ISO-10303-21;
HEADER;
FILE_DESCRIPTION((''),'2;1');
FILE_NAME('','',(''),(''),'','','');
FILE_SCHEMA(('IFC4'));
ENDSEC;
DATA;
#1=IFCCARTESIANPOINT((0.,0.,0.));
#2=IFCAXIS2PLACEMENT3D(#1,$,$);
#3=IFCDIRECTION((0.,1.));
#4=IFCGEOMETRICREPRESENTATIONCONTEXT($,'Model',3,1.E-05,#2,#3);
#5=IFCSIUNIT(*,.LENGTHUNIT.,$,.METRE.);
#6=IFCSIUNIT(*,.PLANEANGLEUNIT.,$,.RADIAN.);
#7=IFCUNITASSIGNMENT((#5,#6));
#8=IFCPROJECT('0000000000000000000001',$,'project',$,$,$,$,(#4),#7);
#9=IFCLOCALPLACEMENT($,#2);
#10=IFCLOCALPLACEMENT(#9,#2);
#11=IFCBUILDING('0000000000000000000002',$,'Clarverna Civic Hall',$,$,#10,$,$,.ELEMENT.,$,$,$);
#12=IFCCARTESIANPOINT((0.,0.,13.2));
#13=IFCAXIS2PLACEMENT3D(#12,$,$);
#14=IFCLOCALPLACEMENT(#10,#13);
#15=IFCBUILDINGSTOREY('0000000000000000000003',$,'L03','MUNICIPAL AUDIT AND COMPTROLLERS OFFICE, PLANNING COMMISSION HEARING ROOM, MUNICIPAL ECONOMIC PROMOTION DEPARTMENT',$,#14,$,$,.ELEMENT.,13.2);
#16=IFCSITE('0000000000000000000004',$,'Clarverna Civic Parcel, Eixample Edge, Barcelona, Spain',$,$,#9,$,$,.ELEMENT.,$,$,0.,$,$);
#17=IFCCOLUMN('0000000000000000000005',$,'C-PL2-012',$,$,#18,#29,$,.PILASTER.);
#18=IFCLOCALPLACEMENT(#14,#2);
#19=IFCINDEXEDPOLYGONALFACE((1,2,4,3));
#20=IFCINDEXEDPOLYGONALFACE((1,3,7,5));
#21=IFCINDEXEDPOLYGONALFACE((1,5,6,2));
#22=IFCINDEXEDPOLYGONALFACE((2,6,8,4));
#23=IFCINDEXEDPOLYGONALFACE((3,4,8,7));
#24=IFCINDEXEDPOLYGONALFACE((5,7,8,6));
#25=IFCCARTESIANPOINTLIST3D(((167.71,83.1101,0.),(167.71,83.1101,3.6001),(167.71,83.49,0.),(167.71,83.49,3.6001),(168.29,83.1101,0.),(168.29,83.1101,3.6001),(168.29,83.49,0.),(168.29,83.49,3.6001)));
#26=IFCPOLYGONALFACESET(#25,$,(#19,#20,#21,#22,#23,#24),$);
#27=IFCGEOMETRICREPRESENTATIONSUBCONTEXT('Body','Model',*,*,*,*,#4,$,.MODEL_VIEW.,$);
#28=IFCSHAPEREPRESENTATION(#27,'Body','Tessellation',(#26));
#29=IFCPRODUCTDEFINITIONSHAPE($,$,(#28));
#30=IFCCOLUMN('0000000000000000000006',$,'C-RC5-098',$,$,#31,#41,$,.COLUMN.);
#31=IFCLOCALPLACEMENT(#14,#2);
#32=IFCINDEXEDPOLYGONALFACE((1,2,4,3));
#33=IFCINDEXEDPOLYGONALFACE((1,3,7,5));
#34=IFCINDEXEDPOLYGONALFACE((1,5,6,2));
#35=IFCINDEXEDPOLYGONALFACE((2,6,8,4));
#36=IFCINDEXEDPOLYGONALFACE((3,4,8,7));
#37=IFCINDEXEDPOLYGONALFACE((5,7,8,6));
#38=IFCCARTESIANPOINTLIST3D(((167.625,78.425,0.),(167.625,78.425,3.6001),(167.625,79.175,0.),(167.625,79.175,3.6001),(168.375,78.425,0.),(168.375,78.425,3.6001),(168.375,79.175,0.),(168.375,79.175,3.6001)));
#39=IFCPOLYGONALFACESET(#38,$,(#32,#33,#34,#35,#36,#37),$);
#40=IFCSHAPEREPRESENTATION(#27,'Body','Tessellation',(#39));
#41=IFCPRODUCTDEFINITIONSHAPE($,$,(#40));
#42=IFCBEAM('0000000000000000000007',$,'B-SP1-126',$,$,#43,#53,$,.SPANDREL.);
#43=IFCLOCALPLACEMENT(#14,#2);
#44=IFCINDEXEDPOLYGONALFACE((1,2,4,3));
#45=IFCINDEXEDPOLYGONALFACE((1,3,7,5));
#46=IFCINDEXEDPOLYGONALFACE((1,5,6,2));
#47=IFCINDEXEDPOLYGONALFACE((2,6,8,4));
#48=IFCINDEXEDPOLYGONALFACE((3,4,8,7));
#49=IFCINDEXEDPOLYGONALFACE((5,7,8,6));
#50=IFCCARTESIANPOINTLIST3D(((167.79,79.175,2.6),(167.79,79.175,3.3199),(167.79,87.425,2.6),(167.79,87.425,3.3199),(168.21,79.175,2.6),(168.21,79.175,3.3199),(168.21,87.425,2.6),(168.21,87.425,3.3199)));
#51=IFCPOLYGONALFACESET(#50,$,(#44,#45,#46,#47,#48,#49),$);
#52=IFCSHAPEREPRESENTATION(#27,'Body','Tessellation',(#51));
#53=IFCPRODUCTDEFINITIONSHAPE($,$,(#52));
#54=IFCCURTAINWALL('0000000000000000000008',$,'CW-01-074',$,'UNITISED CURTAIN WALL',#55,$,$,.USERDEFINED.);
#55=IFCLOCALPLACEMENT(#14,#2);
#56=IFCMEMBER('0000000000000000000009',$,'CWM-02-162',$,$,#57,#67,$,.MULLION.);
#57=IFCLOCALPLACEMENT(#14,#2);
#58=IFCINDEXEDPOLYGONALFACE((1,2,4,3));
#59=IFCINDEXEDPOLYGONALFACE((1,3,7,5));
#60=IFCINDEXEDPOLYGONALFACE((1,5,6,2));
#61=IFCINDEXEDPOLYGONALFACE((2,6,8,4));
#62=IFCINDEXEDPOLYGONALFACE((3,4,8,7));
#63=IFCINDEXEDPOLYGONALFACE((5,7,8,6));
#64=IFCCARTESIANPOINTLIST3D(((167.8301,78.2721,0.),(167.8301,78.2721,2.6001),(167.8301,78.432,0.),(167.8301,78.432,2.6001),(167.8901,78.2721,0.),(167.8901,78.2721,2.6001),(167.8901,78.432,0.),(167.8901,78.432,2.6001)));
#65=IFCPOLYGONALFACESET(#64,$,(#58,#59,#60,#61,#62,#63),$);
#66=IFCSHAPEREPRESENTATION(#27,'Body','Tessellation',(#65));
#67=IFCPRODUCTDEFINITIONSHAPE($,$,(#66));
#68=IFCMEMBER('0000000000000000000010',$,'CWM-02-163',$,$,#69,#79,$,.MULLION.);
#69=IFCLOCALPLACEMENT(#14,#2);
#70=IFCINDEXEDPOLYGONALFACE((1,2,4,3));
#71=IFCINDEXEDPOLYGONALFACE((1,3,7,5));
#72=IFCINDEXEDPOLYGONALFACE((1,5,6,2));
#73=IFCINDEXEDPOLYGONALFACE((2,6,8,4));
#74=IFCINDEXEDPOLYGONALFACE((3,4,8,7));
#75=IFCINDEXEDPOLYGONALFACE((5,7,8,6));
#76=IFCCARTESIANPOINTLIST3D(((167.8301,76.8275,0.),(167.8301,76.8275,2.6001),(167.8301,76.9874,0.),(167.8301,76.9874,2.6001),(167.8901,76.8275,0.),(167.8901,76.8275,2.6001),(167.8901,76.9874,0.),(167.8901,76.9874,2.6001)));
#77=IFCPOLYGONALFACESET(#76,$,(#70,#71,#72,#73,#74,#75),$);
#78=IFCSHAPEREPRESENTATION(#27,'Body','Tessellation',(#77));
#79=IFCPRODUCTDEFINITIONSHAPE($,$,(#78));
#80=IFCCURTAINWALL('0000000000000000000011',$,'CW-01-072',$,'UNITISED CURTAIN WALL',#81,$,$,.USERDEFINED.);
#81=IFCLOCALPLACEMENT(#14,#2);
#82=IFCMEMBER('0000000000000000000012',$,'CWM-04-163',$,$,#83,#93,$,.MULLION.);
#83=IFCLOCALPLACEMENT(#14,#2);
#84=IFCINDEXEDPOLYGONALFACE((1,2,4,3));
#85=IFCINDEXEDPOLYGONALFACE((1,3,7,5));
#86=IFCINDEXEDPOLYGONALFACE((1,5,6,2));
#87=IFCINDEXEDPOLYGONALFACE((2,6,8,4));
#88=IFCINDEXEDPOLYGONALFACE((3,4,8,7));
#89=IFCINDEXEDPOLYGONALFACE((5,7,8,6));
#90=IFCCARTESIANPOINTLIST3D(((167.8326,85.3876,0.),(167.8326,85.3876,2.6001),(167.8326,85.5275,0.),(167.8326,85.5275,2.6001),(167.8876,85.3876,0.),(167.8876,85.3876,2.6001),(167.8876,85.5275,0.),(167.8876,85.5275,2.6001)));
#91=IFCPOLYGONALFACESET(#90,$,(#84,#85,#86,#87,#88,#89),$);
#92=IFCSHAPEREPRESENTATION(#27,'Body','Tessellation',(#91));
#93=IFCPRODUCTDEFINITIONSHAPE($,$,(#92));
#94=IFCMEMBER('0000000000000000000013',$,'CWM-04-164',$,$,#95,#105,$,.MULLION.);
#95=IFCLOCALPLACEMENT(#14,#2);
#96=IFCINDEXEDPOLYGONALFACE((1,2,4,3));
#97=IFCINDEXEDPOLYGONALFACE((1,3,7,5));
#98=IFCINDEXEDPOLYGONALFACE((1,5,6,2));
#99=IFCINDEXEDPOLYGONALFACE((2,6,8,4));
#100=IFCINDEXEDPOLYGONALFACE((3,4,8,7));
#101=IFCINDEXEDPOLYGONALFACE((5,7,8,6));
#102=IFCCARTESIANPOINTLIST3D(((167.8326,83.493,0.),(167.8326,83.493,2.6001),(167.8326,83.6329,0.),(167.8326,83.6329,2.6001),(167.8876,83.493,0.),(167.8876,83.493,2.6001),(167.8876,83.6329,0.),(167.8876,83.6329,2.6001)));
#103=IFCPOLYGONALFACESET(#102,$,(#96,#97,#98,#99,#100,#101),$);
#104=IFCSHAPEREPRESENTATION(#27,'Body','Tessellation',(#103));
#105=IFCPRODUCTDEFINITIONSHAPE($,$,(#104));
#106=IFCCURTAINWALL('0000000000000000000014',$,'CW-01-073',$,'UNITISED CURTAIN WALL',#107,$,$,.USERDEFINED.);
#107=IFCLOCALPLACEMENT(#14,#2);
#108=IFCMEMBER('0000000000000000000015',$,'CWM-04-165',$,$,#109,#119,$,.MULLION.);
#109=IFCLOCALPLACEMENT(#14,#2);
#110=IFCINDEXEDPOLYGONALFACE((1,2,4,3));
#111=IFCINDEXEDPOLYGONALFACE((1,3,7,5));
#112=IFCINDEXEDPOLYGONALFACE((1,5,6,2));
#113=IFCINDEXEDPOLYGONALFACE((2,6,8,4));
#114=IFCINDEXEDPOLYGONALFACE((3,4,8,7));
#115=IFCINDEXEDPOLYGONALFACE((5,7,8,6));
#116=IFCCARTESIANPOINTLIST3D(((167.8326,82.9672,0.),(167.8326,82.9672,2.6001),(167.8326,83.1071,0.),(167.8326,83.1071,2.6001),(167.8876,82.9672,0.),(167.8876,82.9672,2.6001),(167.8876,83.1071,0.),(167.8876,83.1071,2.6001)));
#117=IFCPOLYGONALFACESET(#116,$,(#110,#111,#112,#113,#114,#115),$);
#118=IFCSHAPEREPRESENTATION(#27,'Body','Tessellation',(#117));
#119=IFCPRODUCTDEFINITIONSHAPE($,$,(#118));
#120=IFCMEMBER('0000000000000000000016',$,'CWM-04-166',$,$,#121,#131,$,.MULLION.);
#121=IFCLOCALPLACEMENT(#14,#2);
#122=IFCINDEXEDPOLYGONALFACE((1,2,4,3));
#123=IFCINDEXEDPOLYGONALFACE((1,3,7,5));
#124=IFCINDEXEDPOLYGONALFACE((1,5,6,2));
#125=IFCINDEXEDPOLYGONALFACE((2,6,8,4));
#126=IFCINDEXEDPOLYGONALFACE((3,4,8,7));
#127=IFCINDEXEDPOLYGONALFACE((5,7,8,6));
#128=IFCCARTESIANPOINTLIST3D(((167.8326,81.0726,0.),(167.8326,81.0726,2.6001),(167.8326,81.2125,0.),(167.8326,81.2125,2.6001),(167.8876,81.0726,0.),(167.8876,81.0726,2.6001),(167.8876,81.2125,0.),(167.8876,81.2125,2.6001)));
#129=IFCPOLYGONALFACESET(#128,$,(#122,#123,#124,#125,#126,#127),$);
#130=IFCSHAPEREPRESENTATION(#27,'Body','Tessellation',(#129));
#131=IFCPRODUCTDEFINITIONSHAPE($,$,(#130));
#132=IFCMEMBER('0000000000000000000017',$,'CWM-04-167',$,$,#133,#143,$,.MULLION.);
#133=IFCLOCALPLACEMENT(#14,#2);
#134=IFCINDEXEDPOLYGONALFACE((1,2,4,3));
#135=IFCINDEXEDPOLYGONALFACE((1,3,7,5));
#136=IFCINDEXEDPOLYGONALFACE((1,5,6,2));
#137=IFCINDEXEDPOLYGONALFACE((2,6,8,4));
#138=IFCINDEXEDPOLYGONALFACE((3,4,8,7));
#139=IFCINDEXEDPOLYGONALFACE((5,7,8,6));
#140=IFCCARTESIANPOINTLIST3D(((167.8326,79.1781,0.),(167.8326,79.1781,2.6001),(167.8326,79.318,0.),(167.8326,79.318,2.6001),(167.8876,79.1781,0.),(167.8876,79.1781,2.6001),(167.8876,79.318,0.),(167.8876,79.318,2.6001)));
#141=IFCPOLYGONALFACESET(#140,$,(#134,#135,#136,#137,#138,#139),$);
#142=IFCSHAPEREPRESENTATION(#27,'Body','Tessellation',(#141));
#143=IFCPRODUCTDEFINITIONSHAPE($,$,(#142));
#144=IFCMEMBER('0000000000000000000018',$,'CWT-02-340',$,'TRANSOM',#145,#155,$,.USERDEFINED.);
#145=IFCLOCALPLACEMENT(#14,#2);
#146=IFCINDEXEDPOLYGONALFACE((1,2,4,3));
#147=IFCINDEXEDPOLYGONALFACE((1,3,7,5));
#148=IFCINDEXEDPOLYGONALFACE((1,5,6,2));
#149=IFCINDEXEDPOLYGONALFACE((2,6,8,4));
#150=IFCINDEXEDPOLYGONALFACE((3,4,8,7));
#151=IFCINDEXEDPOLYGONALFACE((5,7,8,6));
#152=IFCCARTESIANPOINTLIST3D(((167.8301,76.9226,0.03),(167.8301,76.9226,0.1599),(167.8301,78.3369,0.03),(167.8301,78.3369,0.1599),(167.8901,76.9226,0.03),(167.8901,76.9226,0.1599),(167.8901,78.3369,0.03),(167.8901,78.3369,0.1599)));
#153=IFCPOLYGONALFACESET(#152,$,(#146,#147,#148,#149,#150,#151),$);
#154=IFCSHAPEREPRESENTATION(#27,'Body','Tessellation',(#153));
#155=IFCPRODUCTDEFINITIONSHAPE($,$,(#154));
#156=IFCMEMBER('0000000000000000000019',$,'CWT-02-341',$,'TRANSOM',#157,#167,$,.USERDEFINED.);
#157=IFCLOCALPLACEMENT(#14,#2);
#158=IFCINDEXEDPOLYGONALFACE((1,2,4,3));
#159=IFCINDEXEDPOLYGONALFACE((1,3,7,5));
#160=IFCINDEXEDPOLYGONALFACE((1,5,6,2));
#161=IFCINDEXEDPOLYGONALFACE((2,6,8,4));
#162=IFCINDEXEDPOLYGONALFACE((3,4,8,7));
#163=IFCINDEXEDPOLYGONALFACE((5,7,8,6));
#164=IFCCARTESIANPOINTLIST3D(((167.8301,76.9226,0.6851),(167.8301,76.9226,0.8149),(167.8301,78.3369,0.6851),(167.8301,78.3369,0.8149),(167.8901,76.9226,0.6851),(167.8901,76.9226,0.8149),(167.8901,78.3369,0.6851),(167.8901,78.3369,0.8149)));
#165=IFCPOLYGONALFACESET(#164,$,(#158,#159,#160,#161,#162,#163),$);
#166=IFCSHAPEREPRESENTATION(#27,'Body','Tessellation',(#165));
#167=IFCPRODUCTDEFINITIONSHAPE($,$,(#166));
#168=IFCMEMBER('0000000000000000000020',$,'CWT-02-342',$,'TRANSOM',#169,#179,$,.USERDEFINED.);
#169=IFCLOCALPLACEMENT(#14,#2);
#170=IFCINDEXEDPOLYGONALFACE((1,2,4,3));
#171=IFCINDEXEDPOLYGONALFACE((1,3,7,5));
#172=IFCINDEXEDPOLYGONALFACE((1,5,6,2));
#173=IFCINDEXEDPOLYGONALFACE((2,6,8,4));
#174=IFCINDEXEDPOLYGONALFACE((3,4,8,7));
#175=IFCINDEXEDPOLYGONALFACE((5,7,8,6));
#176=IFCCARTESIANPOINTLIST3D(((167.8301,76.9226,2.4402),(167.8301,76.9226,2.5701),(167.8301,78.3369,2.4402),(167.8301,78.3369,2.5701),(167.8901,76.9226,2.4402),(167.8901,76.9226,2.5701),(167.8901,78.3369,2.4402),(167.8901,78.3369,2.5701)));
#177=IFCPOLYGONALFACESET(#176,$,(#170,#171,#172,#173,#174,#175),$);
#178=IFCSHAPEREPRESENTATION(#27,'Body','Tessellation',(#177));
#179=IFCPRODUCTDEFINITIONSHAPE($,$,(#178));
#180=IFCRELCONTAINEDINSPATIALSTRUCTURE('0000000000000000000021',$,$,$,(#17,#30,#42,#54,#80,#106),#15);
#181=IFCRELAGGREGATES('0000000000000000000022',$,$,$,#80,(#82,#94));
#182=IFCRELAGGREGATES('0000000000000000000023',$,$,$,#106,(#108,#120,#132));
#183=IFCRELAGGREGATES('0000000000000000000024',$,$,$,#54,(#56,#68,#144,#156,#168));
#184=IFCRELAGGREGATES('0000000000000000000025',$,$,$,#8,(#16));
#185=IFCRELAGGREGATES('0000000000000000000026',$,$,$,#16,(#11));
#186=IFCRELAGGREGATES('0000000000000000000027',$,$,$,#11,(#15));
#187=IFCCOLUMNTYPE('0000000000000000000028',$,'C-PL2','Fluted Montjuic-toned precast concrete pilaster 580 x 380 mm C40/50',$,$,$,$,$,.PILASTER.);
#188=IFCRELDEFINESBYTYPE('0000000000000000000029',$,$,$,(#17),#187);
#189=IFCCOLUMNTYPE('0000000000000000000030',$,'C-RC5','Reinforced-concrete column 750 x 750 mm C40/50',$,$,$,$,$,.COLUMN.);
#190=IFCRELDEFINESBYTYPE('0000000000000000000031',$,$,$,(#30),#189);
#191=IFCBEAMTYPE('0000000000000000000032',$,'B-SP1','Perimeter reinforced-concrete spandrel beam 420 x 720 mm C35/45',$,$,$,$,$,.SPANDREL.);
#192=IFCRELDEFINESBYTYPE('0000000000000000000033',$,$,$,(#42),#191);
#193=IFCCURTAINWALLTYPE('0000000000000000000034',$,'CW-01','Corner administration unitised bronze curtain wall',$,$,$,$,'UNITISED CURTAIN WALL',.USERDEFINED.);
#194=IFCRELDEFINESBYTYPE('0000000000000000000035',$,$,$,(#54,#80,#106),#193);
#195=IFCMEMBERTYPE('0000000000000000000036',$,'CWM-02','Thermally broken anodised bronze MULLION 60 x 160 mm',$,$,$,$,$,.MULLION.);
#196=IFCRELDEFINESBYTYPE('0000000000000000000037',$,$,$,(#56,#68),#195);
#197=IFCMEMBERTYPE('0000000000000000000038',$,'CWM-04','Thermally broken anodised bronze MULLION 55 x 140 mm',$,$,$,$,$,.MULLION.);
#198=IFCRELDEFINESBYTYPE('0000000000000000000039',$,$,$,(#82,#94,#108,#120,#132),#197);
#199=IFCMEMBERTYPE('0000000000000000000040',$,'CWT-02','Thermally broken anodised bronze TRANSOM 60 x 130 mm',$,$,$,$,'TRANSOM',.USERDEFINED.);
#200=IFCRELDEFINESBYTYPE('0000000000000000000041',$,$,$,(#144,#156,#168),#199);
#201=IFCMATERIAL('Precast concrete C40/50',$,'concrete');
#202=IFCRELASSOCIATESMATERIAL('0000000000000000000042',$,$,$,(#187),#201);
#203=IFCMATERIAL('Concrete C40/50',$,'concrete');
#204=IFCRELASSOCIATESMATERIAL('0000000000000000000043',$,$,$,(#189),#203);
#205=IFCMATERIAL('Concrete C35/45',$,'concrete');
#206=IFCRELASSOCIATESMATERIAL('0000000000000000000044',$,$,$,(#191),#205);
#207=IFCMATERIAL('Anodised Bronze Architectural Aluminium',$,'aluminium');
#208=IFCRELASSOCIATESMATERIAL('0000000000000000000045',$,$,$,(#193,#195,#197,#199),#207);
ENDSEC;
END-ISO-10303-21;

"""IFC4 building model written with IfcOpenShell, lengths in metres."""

from ifc_helpers import new_model, si_unit, direction, frame, origin, origin_2d, place, context, subcontext, project, spatial, rectangle, extrude, material, material_profile, profile_set, type_object, element, aggregate, save


model = new_model("IFC4")

# Units and contexts
model_context = context("Model", 3, precision=1e-05, world=origin(), true_north=direction((0.0, 1.0)))
body_context = subcontext(model_context, "Body", "Model", "MODEL_VIEW")
ifc_project = project(units=[si_unit("LENGTHUNIT", "METRE"), si_unit("PLANEANGLEUNIT", "RADIAN")], contexts=[model_context])

# Site, building, storey
site_placement = place(None, origin())
site = spatial("IfcSite", under=ifc_project, at=site_placement, Name="Clarverna Civic Parcel, Eixample Edge, Barcelona, Spain", CompositionType="ELEMENT", RefElevation=0.0)
building_placement = place(site_placement, origin())
building = spatial("IfcBuilding", under=site, at=building_placement, Name="Clarverna Civic Hall", CompositionType="ELEMENT")
storey_placement = place(building_placement, frame((0.0, 0.0, 13.2)))
storey = spatial("IfcBuildingStorey", under=building, at=storey_placement, Name="L03", Description="MUNICIPAL AUDIT AND COMPTROLLERS OFFICE, PLANNING COMMISSION HEARING ROOM, MUNICIPAL ECONOMIC PROMOTION DEPARTMENT", CompositionType="ELEMENT", Elevation=13.2)

# Columns
ifc_material_1 = material(Name="Precast concrete C40/50", Category="concrete")
ifc_material_profile_1 = material_profile(ifc_material_1, rectangle(XDim=0.5801, YDim=0.3799, at=origin_2d()), Name="PILASTER 580x380")
ifc_profile_set_1 = profile_set([ifc_material_profile_1], Name="Precast concrete C40/50")
column_type_1 = type_object("IfcColumnType", Name="C-PL2", Description="Fluted Montjuic-toned precast concrete pilaster 580 x 380 mm C40/50", PredefinedType="PILASTER", material=ifc_profile_set_1)
column_1_placement = place(storey_placement, frame((168.0, 83.3, 0.0), z_axis=(0.0, 0.0, 1.0), x_axis=(1.0, 0.0, 0.0)))
element("IfcColumn", 1, at=column_1_placement, inside=storey, type_object=column_type_1, Name="C-PL2-012", PredefinedType="PILASTER", context=body_context, shape_type="SweptSolid", body=[
    extrude(rectangle(XDim=0.5801, YDim=0.3799, at=origin_2d()), origin(), (0.0, 0.0, 1.0), 3.6001),
])
ifc_material_2 = material(Name="Concrete C40/50", Category="concrete")
ifc_material_profile_2 = material_profile(ifc_material_2, rectangle(XDim=0.75, YDim=0.75, at=origin_2d()), Name="RC 750x750")
ifc_profile_set_2 = profile_set([ifc_material_profile_2], Name="Concrete C40/50")
column_type_2 = type_object("IfcColumnType", Name="C-RC5", Description="Reinforced-concrete column 750 x 750 mm C40/50", PredefinedType="COLUMN", material=ifc_profile_set_2)
column_2_placement = place(storey_placement, frame((168.0, 78.8, 0.0), z_axis=(0.0, 0.0, 1.0), x_axis=(1.0, 0.0, 0.0)))
element("IfcColumn", 2, at=column_2_placement, inside=storey, type_object=column_type_2, Name="C-RC5-098", PredefinedType="COLUMN", context=body_context, shape_type="SweptSolid", body=[
    extrude(rectangle(XDim=0.75, YDim=0.75, at=origin_2d()), origin(), (0.0, 0.0, 1.0), 3.6001),
])

# Beam
ifc_material_3 = material(Name="Concrete C35/45", Category="concrete")
ifc_material_profile_3 = material_profile(ifc_material_3, rectangle(XDim=0.4199, YDim=0.72, at=origin_2d()), Name="RC 420x720")
ifc_profile_set_3 = profile_set([ifc_material_profile_3], Name="Concrete C35/45")
beam_type = type_object("IfcBeamType", Name="B-SP1", Description="Perimeter reinforced-concrete spandrel beam 420 x 720 mm C35/45", PredefinedType="SPANDREL", material=ifc_profile_set_3)
beam_placement = place(storey_placement, frame((168.0, 79.175, 2.96), z_axis=(0.0, 1.0, 0.0), x_axis=(-1.0, 0.0, 0.0)))
element("IfcBeam", 3, at=beam_placement, inside=storey, type_object=beam_type, Name="B-SP1-126", PredefinedType="SPANDREL", context=body_context, shape_type="SweptSolid", body=[
    extrude(rectangle(XDim=0.4199, YDim=0.72, at=origin_2d()), origin(), (0.0, 0.0, 1.0), 8.25),
])

# Curtain walls, members
ifc_material_4 = material(Name="Anodised Bronze Architectural Aluminium", Category="aluminium")
curtain_wall_type = type_object("IfcCurtainWallType", Name="CW-01", Description="Corner administration unitised bronze curtain wall", ElementType="UNITISED CURTAIN WALL", PredefinedType="USERDEFINED", material=ifc_material_4)
curtain_wall_1_placement = place(storey_placement, origin())
curtain_wall_1 = element("IfcCurtainWall", 4, at=curtain_wall_1_placement, inside=storey, type_object=curtain_wall_type, Name="CW-01-074", ObjectType="UNITISED CURTAIN WALL", PredefinedType="USERDEFINED")
ifc_material_profile_4 = material_profile(ifc_material_4, rectangle(XDim=0.0601, YDim=0.1599, at=origin_2d()), Name="BRONZE 60x160")
ifc_profile_set_4 = profile_set([ifc_material_profile_4], Name="Anodised Bronze Architectural Aluminium")
member_type_1 = type_object("IfcMemberType", Name="CWM-02", Description="Thermally broken anodised bronze MULLION 60 x 160 mm", PredefinedType="MULLION", material=ifc_profile_set_4)
member_1_placement = place(storey_placement, frame((167.8601, 78.3521, 0.0), z_axis=(0.0, 0.0, 1.0), x_axis=(1.0, 0.0, 0.0)))
member_1 = element("IfcMember", 5, at=member_1_placement, type_object=member_type_1, Name="CWM-02-162", PredefinedType="MULLION", context=body_context, shape_type="SweptSolid", body=[
    extrude(rectangle(XDim=0.0601, YDim=0.1599, at=origin_2d()), origin(), (0.0, 0.0, 1.0), 2.6001),
])
member_2_placement = place(storey_placement, frame((167.8601, 76.9075, 0.0), z_axis=(0.0, 0.0, 1.0), x_axis=(1.0, 0.0, 0.0)))
member_2 = element("IfcMember", 6, at=member_2_placement, type_object=member_type_1, Name="CWM-02-163", PredefinedType="MULLION", context=body_context, shape_type="SweptSolid", body=[
    extrude(rectangle(XDim=0.0601, YDim=0.1599, at=origin_2d()), origin(), (0.0, 0.0, 1.0), 2.6001),
])
curtain_wall_2_placement = place(storey_placement, origin())
curtain_wall_2 = element("IfcCurtainWall", 7, at=curtain_wall_2_placement, inside=storey, type_object=curtain_wall_type, Name="CW-01-072", ObjectType="UNITISED CURTAIN WALL", PredefinedType="USERDEFINED")
ifc_material_profile_5 = material_profile(ifc_material_4, rectangle(XDim=0.0549, YDim=0.1399, at=origin_2d()), Name="BRONZE 55x140")
ifc_profile_set_5 = profile_set([ifc_material_profile_5], Name="Anodised Bronze Architectural Aluminium")
member_type_2 = type_object("IfcMemberType", Name="CWM-04", Description="Thermally broken anodised bronze MULLION 55 x 140 mm", PredefinedType="MULLION", material=ifc_profile_set_5)
member_3_placement = place(storey_placement, frame((167.8601, 85.4575, 0.0), z_axis=(0.0, 0.0, 1.0), x_axis=(1.0, 0.0, 0.0)))
member_3 = element("IfcMember", 8, at=member_3_placement, type_object=member_type_2, Name="CWM-04-163", PredefinedType="MULLION", context=body_context, shape_type="SweptSolid", body=[
    extrude(rectangle(XDim=0.0549, YDim=0.1399, at=origin_2d()), origin(), (0.0, 0.0, 1.0), 2.6001),
])
member_4_placement = place(storey_placement, frame((167.8601, 83.563, 0.0), z_axis=(0.0, 0.0, 1.0), x_axis=(1.0, 0.0, 0.0)))
member_4 = element("IfcMember", 9, at=member_4_placement, type_object=member_type_2, Name="CWM-04-164", PredefinedType="MULLION", context=body_context, shape_type="SweptSolid", body=[
    extrude(rectangle(XDim=0.0549, YDim=0.1399, at=origin_2d()), origin(), (0.0, 0.0, 1.0), 2.6001),
])
curtain_wall_3_placement = place(storey_placement, origin())
curtain_wall_3 = element("IfcCurtainWall", 10, at=curtain_wall_3_placement, inside=storey, type_object=curtain_wall_type, Name="CW-01-073", ObjectType="UNITISED CURTAIN WALL", PredefinedType="USERDEFINED")
member_5_placement = place(storey_placement, frame((167.8601, 83.0371, 0.0), z_axis=(0.0, 0.0, 1.0), x_axis=(1.0, 0.0, 0.0)))
member_5 = element("IfcMember", 11, at=member_5_placement, type_object=member_type_2, Name="CWM-04-165", PredefinedType="MULLION", context=body_context, shape_type="SweptSolid", body=[
    extrude(rectangle(XDim=0.0549, YDim=0.1399, at=origin_2d()), origin(), (0.0, 0.0, 1.0), 2.6001),
])
member_6_placement = place(storey_placement, frame((167.8601, 81.1426, 0.0), z_axis=(0.0, 0.0, 1.0), x_axis=(1.0, 0.0, 0.0)))
member_6 = element("IfcMember", 12, at=member_6_placement, type_object=member_type_2, Name="CWM-04-166", PredefinedType="MULLION", context=body_context, shape_type="SweptSolid", body=[
    extrude(rectangle(XDim=0.0549, YDim=0.1399, at=origin_2d()), origin(), (0.0, 0.0, 1.0), 2.6001),
])
member_7_placement = place(storey_placement, frame((167.8601, 79.248, 0.0), z_axis=(0.0, 0.0, 1.0), x_axis=(1.0, 0.0, 0.0)))
member_7 = element("IfcMember", 13, at=member_7_placement, type_object=member_type_2, Name="CWM-04-167", PredefinedType="MULLION", context=body_context, shape_type="SweptSolid", body=[
    extrude(rectangle(XDim=0.0549, YDim=0.1399, at=origin_2d()), origin(), (0.0, 0.0, 1.0), 2.6001),
])

# Members
ifc_material_profile_6 = material_profile(ifc_material_4, rectangle(XDim=0.0601, YDim=0.1299, at=origin_2d()), Name="BRONZE 60x130")
ifc_profile_set_6 = profile_set([ifc_material_profile_6], Name="Anodised Bronze Architectural Aluminium")
member_type_3 = type_object("IfcMemberType", Name="CWT-02", Description="Thermally broken anodised bronze TRANSOM 60 x 130 mm", ElementType="TRANSOM", PredefinedType="USERDEFINED", material=ifc_profile_set_6)
member_8_placement = place(storey_placement, frame((167.8601, 78.3369, 0.095), z_axis=(0.0, -1.0, 0.0), x_axis=(1.0, 0.0, 0.0)))
member_8 = element("IfcMember", 14, at=member_8_placement, type_object=member_type_3, Name="CWT-02-340", ObjectType="TRANSOM", PredefinedType="USERDEFINED", context=body_context, shape_type="SweptSolid", body=[
    extrude(rectangle(XDim=0.0601, YDim=0.1299, at=origin_2d()), origin(), (0.0, 0.0, 1.0), 1.4143),
])
member_9_placement = place(storey_placement, frame((167.8601, 78.3369, 0.75), z_axis=(0.0, -1.0, 0.0), x_axis=(1.0, 0.0, 0.0)))
member_9 = element("IfcMember", 15, at=member_9_placement, type_object=member_type_3, Name="CWT-02-341", ObjectType="TRANSOM", PredefinedType="USERDEFINED", context=body_context, shape_type="SweptSolid", body=[
    extrude(rectangle(XDim=0.0601, YDim=0.1299, at=origin_2d()), origin(), (0.0, 0.0, 1.0), 1.4143),
])
member_10_placement = place(storey_placement, frame((167.8601, 78.3369, 2.5051), z_axis=(0.0, -1.0, 0.0), x_axis=(1.0, 0.0, 0.0)))
member_10 = element("IfcMember", 16, at=member_10_placement, type_object=member_type_3, Name="CWT-02-342", ObjectType="TRANSOM", PredefinedType="USERDEFINED", context=body_context, shape_type="SweptSolid", body=[
    extrude(rectangle(XDim=0.0601, YDim=0.1299, at=origin_2d()), origin(), (0.0, 0.0, 1.0), 1.4143),
])

aggregate(curtain_wall_2, [member_3, member_4])
aggregate(curtain_wall_3, [member_5, member_6, member_7])
aggregate(curtain_wall_1, [member_1, member_2, member_8, member_9, member_10])

save(model, "model.ifc")
